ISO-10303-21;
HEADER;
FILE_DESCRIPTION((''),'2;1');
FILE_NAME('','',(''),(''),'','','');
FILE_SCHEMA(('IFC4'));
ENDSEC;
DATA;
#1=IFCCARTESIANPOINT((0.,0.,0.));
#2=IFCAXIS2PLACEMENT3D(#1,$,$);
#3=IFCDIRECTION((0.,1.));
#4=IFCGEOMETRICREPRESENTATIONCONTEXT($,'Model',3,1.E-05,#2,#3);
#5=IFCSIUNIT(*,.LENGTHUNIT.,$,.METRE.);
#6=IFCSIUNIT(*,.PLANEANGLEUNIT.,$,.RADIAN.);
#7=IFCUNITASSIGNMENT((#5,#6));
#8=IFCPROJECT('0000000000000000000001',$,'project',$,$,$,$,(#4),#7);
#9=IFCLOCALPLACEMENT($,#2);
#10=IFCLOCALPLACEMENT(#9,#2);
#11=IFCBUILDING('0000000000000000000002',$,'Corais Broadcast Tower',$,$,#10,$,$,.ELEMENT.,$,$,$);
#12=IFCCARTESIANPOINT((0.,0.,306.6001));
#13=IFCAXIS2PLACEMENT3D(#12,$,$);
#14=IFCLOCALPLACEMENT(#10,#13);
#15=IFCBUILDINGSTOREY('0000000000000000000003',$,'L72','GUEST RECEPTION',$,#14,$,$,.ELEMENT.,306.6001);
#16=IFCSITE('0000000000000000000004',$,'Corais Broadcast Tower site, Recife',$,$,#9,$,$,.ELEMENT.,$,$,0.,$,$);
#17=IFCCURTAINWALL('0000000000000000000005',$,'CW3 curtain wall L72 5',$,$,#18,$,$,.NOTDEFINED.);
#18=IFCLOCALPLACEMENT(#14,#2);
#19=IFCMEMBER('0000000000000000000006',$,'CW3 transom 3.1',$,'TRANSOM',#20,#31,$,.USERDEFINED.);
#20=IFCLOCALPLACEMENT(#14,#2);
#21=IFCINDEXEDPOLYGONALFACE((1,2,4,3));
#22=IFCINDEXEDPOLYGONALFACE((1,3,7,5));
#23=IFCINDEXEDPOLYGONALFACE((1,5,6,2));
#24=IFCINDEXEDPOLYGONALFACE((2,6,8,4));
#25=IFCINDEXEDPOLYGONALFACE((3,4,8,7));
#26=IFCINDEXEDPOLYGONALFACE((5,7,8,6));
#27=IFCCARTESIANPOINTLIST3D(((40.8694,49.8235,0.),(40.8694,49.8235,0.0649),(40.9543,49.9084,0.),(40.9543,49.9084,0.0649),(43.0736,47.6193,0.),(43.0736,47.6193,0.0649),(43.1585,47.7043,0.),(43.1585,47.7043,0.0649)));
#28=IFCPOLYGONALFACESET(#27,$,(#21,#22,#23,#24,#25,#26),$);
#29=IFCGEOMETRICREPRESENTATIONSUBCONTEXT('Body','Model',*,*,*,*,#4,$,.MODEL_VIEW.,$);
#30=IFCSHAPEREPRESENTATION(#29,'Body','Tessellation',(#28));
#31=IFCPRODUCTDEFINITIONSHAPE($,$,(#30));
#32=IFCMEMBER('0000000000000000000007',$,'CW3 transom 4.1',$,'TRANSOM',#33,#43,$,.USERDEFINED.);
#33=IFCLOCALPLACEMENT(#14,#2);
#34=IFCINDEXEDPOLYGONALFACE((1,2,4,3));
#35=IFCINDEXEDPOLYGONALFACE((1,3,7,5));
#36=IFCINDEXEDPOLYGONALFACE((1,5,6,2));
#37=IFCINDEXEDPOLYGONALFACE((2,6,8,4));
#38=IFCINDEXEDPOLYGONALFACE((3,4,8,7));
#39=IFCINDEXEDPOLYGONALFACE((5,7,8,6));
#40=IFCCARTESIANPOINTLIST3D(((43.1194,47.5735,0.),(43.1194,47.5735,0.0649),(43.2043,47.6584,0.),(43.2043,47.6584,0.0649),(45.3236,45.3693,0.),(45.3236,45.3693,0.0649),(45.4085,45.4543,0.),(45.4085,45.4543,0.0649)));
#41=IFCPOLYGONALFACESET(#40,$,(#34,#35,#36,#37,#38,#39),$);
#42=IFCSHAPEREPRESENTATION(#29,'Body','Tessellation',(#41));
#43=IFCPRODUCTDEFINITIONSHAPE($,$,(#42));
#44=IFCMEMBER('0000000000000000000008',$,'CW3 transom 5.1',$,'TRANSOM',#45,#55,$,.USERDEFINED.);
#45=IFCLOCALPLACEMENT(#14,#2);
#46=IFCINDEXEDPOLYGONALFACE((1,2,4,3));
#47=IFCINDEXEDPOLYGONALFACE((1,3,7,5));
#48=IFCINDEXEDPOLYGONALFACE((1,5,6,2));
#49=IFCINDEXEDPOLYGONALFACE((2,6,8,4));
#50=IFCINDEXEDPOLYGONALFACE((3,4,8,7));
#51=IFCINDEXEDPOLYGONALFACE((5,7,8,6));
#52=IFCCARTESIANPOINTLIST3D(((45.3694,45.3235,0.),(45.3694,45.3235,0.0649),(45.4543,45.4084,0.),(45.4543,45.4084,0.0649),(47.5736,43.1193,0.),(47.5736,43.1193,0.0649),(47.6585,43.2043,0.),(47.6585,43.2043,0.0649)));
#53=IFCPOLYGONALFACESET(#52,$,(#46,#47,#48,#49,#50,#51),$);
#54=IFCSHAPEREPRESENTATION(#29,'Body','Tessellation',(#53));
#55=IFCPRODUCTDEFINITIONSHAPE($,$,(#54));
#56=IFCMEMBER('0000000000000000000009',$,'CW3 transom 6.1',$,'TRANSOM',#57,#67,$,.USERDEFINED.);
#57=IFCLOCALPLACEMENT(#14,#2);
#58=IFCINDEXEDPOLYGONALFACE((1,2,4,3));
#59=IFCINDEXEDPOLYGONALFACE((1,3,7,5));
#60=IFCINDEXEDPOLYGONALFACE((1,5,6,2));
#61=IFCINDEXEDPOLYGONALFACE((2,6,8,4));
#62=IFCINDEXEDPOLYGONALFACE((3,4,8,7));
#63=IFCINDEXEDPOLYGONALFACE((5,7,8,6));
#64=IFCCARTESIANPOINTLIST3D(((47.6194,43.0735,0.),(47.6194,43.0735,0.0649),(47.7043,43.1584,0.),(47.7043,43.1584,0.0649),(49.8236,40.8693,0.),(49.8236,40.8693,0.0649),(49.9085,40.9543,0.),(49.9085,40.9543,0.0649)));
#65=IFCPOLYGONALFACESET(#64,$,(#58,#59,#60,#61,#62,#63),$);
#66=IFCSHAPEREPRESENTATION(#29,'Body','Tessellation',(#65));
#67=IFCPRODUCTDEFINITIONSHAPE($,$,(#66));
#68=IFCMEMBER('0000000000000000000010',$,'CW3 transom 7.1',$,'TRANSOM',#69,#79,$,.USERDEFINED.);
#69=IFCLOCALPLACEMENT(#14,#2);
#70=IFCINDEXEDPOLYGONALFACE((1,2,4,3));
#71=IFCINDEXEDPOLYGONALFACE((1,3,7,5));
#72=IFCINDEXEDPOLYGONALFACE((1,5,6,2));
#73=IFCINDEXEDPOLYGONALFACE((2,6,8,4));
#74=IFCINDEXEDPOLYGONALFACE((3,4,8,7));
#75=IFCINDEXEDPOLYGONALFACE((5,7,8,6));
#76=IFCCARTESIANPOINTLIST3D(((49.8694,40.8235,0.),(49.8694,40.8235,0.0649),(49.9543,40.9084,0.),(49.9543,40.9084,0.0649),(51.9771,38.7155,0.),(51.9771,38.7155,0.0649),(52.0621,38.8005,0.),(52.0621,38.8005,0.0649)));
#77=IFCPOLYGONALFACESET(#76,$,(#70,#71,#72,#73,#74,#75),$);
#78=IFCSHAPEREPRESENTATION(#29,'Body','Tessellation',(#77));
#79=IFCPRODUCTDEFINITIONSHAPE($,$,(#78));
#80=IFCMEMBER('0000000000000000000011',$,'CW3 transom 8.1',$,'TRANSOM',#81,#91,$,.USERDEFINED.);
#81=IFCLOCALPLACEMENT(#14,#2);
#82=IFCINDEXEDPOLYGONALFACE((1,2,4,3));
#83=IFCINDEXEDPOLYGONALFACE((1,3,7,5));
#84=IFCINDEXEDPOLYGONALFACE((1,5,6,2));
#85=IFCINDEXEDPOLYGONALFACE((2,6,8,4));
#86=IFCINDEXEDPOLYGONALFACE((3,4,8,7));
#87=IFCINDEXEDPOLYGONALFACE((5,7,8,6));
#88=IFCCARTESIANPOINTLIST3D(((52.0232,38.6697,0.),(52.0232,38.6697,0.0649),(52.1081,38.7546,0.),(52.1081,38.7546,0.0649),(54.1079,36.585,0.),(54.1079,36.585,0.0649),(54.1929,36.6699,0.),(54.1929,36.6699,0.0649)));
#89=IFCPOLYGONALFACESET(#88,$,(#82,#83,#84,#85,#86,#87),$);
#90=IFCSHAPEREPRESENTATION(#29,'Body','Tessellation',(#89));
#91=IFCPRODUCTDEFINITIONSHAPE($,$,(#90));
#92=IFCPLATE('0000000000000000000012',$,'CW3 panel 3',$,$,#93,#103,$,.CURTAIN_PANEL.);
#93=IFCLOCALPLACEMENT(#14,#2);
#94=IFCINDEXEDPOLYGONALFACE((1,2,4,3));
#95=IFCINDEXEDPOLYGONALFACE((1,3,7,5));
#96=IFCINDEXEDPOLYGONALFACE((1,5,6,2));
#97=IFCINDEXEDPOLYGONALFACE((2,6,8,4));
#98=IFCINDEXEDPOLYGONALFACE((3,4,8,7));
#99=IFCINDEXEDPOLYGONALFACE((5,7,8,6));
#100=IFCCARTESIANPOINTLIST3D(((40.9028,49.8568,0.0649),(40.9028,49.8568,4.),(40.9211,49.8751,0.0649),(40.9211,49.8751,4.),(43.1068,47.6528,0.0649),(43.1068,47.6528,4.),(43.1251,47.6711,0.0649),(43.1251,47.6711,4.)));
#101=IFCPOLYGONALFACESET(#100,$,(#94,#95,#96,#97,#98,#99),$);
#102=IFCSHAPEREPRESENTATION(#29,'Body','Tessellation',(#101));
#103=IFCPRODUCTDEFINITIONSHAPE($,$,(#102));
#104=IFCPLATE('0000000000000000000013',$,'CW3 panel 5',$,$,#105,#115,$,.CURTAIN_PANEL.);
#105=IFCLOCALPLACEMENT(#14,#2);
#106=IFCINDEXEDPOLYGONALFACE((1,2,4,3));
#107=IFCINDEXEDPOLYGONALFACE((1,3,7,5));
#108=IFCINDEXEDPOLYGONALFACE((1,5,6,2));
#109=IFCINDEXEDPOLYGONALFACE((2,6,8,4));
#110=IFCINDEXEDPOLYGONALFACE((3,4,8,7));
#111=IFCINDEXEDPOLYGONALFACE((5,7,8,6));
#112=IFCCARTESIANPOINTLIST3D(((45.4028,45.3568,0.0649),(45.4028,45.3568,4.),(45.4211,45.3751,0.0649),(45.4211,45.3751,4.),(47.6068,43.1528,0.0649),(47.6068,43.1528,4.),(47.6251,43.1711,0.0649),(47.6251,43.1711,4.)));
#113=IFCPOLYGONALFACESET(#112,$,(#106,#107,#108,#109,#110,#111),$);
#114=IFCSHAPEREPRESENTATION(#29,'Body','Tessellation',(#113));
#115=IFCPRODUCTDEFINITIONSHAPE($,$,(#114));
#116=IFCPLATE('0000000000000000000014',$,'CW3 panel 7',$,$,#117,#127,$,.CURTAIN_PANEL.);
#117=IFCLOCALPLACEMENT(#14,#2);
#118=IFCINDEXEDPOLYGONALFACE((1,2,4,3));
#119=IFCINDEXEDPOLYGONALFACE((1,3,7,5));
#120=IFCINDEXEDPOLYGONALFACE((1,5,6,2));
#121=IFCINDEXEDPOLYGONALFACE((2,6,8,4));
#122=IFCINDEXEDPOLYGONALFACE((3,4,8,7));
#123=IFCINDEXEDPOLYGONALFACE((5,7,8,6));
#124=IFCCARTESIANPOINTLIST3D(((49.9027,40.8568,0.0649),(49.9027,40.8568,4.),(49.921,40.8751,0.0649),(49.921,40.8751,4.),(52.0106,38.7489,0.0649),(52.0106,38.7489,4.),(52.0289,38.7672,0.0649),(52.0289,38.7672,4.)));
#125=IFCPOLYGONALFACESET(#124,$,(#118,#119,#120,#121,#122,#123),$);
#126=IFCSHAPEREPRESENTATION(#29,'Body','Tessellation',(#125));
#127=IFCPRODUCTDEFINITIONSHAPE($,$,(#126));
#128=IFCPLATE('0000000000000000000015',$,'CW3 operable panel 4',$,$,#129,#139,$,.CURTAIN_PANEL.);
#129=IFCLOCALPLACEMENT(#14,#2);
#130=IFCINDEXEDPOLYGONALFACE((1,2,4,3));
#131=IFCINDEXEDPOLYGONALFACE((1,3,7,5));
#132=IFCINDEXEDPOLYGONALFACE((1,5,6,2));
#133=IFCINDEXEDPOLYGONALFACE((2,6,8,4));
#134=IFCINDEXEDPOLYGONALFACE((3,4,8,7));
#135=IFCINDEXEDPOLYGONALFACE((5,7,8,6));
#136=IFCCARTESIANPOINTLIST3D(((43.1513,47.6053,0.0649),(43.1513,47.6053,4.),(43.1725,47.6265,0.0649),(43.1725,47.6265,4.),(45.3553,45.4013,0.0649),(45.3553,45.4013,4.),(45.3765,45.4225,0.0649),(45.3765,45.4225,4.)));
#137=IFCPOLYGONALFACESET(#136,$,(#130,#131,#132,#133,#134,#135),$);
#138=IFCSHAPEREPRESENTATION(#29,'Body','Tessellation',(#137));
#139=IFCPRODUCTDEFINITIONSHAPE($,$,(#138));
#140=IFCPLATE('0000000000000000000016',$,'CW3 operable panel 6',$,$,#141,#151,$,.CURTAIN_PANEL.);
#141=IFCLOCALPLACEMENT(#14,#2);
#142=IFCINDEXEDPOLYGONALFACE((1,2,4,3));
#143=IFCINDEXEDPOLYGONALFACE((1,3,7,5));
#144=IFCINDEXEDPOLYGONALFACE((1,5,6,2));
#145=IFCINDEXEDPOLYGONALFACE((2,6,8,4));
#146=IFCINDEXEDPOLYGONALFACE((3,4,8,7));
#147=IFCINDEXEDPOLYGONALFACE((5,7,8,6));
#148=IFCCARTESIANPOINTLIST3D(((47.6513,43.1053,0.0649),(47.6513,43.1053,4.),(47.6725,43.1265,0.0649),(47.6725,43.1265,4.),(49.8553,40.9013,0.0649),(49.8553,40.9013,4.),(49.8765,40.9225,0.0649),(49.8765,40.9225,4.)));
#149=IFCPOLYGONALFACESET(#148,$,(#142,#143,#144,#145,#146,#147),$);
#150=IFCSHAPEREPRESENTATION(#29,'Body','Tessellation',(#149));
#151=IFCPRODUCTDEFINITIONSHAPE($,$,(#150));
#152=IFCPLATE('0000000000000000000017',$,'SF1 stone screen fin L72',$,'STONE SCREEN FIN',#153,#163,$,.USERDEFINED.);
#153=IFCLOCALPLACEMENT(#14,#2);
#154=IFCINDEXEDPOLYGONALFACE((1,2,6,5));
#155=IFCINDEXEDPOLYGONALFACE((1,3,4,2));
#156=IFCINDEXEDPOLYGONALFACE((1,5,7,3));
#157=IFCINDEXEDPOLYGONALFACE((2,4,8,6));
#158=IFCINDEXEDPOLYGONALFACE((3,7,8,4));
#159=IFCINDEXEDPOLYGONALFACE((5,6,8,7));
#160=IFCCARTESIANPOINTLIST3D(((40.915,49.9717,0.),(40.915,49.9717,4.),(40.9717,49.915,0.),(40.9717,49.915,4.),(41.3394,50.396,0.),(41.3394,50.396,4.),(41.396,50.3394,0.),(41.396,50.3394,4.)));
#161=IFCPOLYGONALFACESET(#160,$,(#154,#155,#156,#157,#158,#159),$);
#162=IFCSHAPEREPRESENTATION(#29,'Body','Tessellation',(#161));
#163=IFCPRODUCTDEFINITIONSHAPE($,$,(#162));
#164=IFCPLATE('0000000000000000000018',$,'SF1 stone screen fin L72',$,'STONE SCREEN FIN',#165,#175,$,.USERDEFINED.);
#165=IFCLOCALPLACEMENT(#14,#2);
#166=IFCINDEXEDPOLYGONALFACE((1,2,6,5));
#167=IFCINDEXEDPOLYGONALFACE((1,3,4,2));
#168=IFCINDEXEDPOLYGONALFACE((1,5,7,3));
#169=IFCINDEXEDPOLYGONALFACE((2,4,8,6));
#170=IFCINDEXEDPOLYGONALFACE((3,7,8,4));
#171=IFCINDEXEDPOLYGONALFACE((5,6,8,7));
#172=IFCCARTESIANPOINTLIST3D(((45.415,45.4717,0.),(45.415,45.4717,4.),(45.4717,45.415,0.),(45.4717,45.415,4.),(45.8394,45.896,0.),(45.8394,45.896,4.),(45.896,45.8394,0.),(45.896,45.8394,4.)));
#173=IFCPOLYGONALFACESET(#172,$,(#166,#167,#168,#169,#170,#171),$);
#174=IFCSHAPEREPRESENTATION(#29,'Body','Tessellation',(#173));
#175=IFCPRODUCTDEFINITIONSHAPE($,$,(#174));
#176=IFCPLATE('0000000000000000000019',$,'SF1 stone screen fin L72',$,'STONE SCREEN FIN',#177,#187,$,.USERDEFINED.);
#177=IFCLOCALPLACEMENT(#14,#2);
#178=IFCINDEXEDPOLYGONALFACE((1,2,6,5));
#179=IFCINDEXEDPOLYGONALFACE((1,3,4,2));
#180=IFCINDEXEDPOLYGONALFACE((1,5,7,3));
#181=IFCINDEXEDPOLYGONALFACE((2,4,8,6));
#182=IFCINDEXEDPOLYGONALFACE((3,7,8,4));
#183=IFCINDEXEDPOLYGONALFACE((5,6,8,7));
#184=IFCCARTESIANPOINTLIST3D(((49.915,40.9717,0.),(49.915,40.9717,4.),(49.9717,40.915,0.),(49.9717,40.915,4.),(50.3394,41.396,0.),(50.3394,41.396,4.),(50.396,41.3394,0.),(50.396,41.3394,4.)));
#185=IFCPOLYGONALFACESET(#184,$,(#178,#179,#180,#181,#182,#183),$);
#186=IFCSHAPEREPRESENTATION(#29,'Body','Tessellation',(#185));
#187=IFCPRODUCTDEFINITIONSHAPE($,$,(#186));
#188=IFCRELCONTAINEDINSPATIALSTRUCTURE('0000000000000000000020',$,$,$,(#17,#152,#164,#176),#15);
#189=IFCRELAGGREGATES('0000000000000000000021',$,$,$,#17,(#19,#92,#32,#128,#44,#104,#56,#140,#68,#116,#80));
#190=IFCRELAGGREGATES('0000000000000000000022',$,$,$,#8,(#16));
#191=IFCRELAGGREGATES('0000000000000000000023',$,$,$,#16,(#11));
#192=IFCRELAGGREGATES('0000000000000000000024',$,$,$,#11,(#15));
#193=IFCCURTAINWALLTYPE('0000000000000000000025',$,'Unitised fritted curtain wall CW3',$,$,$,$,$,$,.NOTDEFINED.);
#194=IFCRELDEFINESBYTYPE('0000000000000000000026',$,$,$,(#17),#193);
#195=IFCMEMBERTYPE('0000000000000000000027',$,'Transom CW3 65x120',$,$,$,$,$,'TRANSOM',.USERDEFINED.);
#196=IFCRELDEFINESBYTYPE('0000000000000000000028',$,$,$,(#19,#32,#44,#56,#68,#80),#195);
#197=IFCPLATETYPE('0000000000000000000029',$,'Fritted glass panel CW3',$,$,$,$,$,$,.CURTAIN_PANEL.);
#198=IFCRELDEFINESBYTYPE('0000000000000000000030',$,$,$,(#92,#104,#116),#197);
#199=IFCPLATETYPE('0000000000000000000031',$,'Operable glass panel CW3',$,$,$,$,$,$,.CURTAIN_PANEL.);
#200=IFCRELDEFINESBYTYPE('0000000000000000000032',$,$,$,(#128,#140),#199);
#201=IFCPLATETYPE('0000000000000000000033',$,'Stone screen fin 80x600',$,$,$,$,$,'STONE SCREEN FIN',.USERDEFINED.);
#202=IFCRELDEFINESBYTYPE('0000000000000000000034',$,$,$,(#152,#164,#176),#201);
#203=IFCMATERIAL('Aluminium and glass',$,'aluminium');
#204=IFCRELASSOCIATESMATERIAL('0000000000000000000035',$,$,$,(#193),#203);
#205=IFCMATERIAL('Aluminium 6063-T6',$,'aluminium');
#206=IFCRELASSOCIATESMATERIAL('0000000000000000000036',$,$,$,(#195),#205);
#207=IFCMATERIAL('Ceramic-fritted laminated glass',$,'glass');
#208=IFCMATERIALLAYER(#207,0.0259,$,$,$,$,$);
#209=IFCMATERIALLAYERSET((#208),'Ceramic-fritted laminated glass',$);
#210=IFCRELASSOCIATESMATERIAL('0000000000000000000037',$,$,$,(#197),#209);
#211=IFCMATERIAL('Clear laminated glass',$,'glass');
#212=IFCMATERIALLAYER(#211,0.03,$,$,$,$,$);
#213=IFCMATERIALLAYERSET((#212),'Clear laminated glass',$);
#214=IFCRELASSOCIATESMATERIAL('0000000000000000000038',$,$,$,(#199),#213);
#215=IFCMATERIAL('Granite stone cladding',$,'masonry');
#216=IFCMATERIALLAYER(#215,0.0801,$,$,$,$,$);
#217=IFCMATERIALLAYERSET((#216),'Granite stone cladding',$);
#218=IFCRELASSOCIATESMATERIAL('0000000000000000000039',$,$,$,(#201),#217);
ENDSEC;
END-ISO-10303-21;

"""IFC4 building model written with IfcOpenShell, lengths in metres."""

from ifc_helpers import new_model, si_unit, direction, frame, origin, origin_2d, place, context, subcontext, project, spatial, rectangle, extrude, material, layer, layer_set, material_profile, profile_set, type_object, element, aggregate, save


model = new_model("IFC4")

# Units and contexts
model_context = context("Model", 3, precision=1e-05, world=origin(), true_north=direction((0.0, 1.0)))
body_context = subcontext(model_context, "Body", "Model", "MODEL_VIEW")
ifc_project = project(units=[si_unit("LENGTHUNIT", "METRE"), si_unit("PLANEANGLEUNIT", "RADIAN")], contexts=[model_context])

# Site, building, storey
site_placement = place(None, origin())
site = spatial("IfcSite", under=ifc_project, at=site_placement, Name="Corais Broadcast Tower site, Recife", CompositionType="ELEMENT", RefElevation=0.0)
building_placement = place(site_placement, origin())
building = spatial("IfcBuilding", under=site, at=building_placement, Name="Corais Broadcast Tower", CompositionType="ELEMENT")
storey_placement = place(building_placement, frame((0.0, 0.0, 306.6001)))
storey = spatial("IfcBuildingStorey", under=building, at=storey_placement, Name="L72", Description="GUEST RECEPTION", CompositionType="ELEMENT", Elevation=306.6001)

# Curtain wall
ifc_material_1 = material(Name="Aluminium and glass", Category="aluminium")
curtain_wall_type = type_object("IfcCurtainWallType", Name="Unitised fritted curtain wall CW3", PredefinedType="NOTDEFINED", material=ifc_material_1)
curtain_wall_placement = place(storey_placement, origin())
curtain_wall = element("IfcCurtainWall", 1, at=curtain_wall_placement, inside=storey, type_object=curtain_wall_type, Name="CW3 curtain wall L72 5", PredefinedType="NOTDEFINED")

# Members
ifc_material_2 = material(Name="Aluminium 6063-T6", Category="aluminium")
ifc_material_profile_1 = material_profile(ifc_material_2, rectangle(XDim=0.1201, YDim=0.0649, at=origin_2d()), Name="Transom CW3 65x120")
ifc_profile_set_1 = profile_set([ifc_material_profile_1], Name="Aluminium 6063-T6")
member_type_1 = type_object("IfcMemberType", Name="Transom CW3 65x120", ElementType="TRANSOM", PredefinedType="USERDEFINED", material=ifc_profile_set_1)
member_1_placement = place(storey_placement, frame((40.9119, 49.866, 0.0325), z_axis=(0.707107, -0.707107, 0.0), x_axis=(0.707107, 0.707107, 0.0)))
member_1 = element("IfcMember", 2, at=member_1_placement, type_object=member_type_1, Name="CW3 transom 3.1", ObjectType="TRANSOM", PredefinedType="USERDEFINED", context=body_context, shape_type="SweptSolid", body=[
    extrude(rectangle(XDim=0.1201, YDim=0.0649, at=origin_2d()), origin(), (0.0, 0.0, 1.0), 3.1172),
])
member_2_placement = place(storey_placement, frame((43.1619, 47.616, 0.0325), z_axis=(0.707107, -0.707107, 0.0), x_axis=(0.707107, 0.707107, 0.0)))
member_2 = element("IfcMember", 3, at=member_2_placement, type_object=member_type_1, Name="CW3 transom 4.1", ObjectType="TRANSOM", PredefinedType="USERDEFINED", context=body_context, shape_type="SweptSolid", body=[
    extrude(rectangle(XDim=0.1201, YDim=0.0649, at=origin_2d()), origin(), (0.0, 0.0, 1.0), 3.1172),
])
member_3_placement = place(storey_placement, frame((45.4119, 45.366, 0.0325), z_axis=(0.707107, -0.707107, 0.0), x_axis=(0.707107, 0.707107, 0.0)))
member_3 = element("IfcMember", 4, at=member_3_placement, type_object=member_type_1, Name="CW3 transom 5.1", ObjectType="TRANSOM", PredefinedType="USERDEFINED", context=body_context, shape_type="SweptSolid", body=[
    extrude(rectangle(XDim=0.1201, YDim=0.0649, at=origin_2d()), origin(), (0.0, 0.0, 1.0), 3.1172),
])
member_4_placement = place(storey_placement, frame((47.6619, 43.116, 0.0325), z_axis=(0.707107, -0.707107, 0.0), x_axis=(0.707107, 0.707107, 0.0)))
member_4 = element("IfcMember", 5, at=member_4_placement, type_object=member_type_1, Name="CW3 transom 6.1", ObjectType="TRANSOM", PredefinedType="USERDEFINED", context=body_context, shape_type="SweptSolid", body=[
    extrude(rectangle(XDim=0.1201, YDim=0.0649, at=origin_2d()), origin(), (0.0, 0.0, 1.0), 3.1172),
])
member_5_placement = place(storey_placement, frame((49.9119, 40.866, 0.0325), z_axis=(0.707066, -0.707148, 0.0), x_axis=(0.707148, 0.707066, 0.0)))
member_5 = element("IfcMember", 6, at=member_5_placement, type_object=member_type_1, Name="CW3 transom 7.1", ObjectType="TRANSOM", PredefinedType="USERDEFINED", context=body_context, shape_type="SweptSolid", body=[
    extrude(rectangle(XDim=0.1201, YDim=0.0649, at=origin_2d()), origin(), (0.0, 0.0, 1.0), 2.981),
])
member_6_placement = place(storey_placement, frame((52.0657, 38.7122, 0.0325), z_axis=(0.707107, -0.707107, 0.0), x_axis=(0.707107, 0.707107, 0.0)))
member_6 = element("IfcMember", 7, at=member_6_placement, type_object=member_type_1, Name="CW3 transom 8.1", ObjectType="TRANSOM", PredefinedType="USERDEFINED", context=body_context, shape_type="SweptSolid", body=[
    extrude(rectangle(XDim=0.1201, YDim=0.0649, at=origin_2d()), origin(), (0.0, 0.0, 1.0), 2.9482),
])

# Plates
ifc_material_3 = material(Name="Ceramic-fritted laminated glass", Category="glass")
ifc_layer_1 = layer(ifc_material_3, 0.0259)
ifc_layer_set_1 = layer_set([ifc_layer_1], Name="Ceramic-fritted laminated glass")
plate_type_1 = type_object("IfcPlateType", Name="Fritted glass panel CW3", PredefinedType="CURTAIN_PANEL", material=ifc_layer_set_1)
plate_1_placement = place(storey_placement, frame((42.0139, 48.7639, 0.0649), z_axis=(0.0, 0.0, 1.0), x_axis=(0.707107, -0.707107, 0.0)))
plate_1 = element("IfcPlate", 8, at=plate_1_placement, type_object=plate_type_1, Name="CW3 panel 3", PredefinedType="CURTAIN_PANEL", context=body_context, shape_type="SweptSolid", body=[
    extrude(rectangle(XDim=3.1169, YDim=0.0259, at=origin_2d()), origin(), (0.0, 0.0, 1.0), 3.9351),
])
plate_2_placement = place(storey_placement, frame((46.5139, 44.2639, 0.0649), z_axis=(0.0, 0.0, 1.0), x_axis=(0.707107, -0.707107, 0.0)))
plate_2 = element("IfcPlate", 9, at=plate_2_placement, type_object=plate_type_1, Name="CW3 panel 5", PredefinedType="CURTAIN_PANEL", context=body_context, shape_type="SweptSolid", body=[
    extrude(rectangle(XDim=3.1169, YDim=0.0259, at=origin_2d()), origin(), (0.0, 0.0, 1.0), 3.9351),
])
plate_3_placement = place(storey_placement, frame((50.9658, 39.812, 0.0649), z_axis=(0.0, 0.0, 1.0), x_axis=(0.707107, -0.707107, 0.0)))
plate_3 = element("IfcPlate", 10, at=plate_3_placement, type_object=plate_type_1, Name="CW3 panel 7", PredefinedType="CURTAIN_PANEL", context=body_context, shape_type="SweptSolid", body=[
    extrude(rectangle(XDim=2.981, YDim=0.0259, at=origin_2d()), origin(), (0.0, 0.0, 1.0), 3.9351),
])
ifc_material_4 = material(Name="Clear laminated glass", Category="glass")
ifc_layer_2 = layer(ifc_material_4, 0.03)
ifc_layer_set_2 = layer_set([ifc_layer_2], Name="Clear laminated glass")
plate_type_2 = type_object("IfcPlateType", Name="Operable glass panel CW3", PredefinedType="CURTAIN_PANEL", material=ifc_layer_set_2)
plate_4_placement = place(storey_placement, frame((44.2639, 46.5139, 0.0649), z_axis=(0.0, 0.0, 1.0), x_axis=(0.707107, -0.707107, 0.0)))
plate_4 = element("IfcPlate", 11, at=plate_4_placement, type_object=plate_type_2, Name="CW3 operable panel 4", PredefinedType="CURTAIN_PANEL", context=body_context, shape_type="SweptSolid", body=[
    extrude(rectangle(XDim=3.1169, YDim=0.03, at=origin_2d()), origin(), (0.0, 0.0, 1.0), 3.9351),
])
plate_5_placement = place(storey_placement, frame((48.7639, 42.0139, 0.0649), z_axis=(0.0, 0.0, 1.0), x_axis=(0.707107, -0.707107, 0.0)))
plate_5 = element("IfcPlate", 12, at=plate_5_placement, type_object=plate_type_2, Name="CW3 operable panel 6", PredefinedType="CURTAIN_PANEL", context=body_context, shape_type="SweptSolid", body=[
    extrude(rectangle(XDim=3.1169, YDim=0.03, at=origin_2d()), origin(), (0.0, 0.0, 1.0), 3.9351),
])
aggregate(curtain_wall, [member_1, plate_1, member_2, plate_4, member_3, plate_2, member_4, plate_5, member_5, plate_3, member_6])

# Plates
ifc_material_5 = material(Name="Granite stone cladding", Category="masonry")
ifc_layer_3 = layer(ifc_material_5, 0.0801)
ifc_layer_set_3 = layer_set([ifc_layer_3], Name="Granite stone cladding")
plate_type_3 = type_object("IfcPlateType", Name="Stone screen fin 80x600", ElementType="STONE SCREEN FIN", PredefinedType="USERDEFINED", material=ifc_layer_set_3)
for number, where, z_axis, x_axis, name in (
    (13, (41.1555, 50.1555, 0.0), (0.0, 0.0, 1.0), (0.707107, -0.707107, 0.0), "SF1 stone screen fin L72"),
    (14, (45.6555, 45.6555, 0.0), (0.0, 0.0, 1.0), (0.707107, -0.707107, 0.0), "SF1 stone screen fin L72"),
    (15, (50.1555, 41.1555, 0.0), (0.0, 0.0, 1.0), (0.707107, -0.707107, 0.0), "SF1 stone screen fin L72"),
):
    element("IfcPlate", number, at=place(storey_placement, frame(where, z_axis=z_axis, x_axis=x_axis)), inside=storey, type_object=plate_type_3, Name=name, ObjectType="STONE SCREEN FIN", PredefinedType="USERDEFINED", context=body_context, shape_type="SweptSolid", body=[
        extrude(rectangle(XDim=0.0801, YDim=0.6001, at=origin_2d()), origin(), (0.0, 0.0, 1.0), 4.0),
    ])

save(model, "model.ifc")
